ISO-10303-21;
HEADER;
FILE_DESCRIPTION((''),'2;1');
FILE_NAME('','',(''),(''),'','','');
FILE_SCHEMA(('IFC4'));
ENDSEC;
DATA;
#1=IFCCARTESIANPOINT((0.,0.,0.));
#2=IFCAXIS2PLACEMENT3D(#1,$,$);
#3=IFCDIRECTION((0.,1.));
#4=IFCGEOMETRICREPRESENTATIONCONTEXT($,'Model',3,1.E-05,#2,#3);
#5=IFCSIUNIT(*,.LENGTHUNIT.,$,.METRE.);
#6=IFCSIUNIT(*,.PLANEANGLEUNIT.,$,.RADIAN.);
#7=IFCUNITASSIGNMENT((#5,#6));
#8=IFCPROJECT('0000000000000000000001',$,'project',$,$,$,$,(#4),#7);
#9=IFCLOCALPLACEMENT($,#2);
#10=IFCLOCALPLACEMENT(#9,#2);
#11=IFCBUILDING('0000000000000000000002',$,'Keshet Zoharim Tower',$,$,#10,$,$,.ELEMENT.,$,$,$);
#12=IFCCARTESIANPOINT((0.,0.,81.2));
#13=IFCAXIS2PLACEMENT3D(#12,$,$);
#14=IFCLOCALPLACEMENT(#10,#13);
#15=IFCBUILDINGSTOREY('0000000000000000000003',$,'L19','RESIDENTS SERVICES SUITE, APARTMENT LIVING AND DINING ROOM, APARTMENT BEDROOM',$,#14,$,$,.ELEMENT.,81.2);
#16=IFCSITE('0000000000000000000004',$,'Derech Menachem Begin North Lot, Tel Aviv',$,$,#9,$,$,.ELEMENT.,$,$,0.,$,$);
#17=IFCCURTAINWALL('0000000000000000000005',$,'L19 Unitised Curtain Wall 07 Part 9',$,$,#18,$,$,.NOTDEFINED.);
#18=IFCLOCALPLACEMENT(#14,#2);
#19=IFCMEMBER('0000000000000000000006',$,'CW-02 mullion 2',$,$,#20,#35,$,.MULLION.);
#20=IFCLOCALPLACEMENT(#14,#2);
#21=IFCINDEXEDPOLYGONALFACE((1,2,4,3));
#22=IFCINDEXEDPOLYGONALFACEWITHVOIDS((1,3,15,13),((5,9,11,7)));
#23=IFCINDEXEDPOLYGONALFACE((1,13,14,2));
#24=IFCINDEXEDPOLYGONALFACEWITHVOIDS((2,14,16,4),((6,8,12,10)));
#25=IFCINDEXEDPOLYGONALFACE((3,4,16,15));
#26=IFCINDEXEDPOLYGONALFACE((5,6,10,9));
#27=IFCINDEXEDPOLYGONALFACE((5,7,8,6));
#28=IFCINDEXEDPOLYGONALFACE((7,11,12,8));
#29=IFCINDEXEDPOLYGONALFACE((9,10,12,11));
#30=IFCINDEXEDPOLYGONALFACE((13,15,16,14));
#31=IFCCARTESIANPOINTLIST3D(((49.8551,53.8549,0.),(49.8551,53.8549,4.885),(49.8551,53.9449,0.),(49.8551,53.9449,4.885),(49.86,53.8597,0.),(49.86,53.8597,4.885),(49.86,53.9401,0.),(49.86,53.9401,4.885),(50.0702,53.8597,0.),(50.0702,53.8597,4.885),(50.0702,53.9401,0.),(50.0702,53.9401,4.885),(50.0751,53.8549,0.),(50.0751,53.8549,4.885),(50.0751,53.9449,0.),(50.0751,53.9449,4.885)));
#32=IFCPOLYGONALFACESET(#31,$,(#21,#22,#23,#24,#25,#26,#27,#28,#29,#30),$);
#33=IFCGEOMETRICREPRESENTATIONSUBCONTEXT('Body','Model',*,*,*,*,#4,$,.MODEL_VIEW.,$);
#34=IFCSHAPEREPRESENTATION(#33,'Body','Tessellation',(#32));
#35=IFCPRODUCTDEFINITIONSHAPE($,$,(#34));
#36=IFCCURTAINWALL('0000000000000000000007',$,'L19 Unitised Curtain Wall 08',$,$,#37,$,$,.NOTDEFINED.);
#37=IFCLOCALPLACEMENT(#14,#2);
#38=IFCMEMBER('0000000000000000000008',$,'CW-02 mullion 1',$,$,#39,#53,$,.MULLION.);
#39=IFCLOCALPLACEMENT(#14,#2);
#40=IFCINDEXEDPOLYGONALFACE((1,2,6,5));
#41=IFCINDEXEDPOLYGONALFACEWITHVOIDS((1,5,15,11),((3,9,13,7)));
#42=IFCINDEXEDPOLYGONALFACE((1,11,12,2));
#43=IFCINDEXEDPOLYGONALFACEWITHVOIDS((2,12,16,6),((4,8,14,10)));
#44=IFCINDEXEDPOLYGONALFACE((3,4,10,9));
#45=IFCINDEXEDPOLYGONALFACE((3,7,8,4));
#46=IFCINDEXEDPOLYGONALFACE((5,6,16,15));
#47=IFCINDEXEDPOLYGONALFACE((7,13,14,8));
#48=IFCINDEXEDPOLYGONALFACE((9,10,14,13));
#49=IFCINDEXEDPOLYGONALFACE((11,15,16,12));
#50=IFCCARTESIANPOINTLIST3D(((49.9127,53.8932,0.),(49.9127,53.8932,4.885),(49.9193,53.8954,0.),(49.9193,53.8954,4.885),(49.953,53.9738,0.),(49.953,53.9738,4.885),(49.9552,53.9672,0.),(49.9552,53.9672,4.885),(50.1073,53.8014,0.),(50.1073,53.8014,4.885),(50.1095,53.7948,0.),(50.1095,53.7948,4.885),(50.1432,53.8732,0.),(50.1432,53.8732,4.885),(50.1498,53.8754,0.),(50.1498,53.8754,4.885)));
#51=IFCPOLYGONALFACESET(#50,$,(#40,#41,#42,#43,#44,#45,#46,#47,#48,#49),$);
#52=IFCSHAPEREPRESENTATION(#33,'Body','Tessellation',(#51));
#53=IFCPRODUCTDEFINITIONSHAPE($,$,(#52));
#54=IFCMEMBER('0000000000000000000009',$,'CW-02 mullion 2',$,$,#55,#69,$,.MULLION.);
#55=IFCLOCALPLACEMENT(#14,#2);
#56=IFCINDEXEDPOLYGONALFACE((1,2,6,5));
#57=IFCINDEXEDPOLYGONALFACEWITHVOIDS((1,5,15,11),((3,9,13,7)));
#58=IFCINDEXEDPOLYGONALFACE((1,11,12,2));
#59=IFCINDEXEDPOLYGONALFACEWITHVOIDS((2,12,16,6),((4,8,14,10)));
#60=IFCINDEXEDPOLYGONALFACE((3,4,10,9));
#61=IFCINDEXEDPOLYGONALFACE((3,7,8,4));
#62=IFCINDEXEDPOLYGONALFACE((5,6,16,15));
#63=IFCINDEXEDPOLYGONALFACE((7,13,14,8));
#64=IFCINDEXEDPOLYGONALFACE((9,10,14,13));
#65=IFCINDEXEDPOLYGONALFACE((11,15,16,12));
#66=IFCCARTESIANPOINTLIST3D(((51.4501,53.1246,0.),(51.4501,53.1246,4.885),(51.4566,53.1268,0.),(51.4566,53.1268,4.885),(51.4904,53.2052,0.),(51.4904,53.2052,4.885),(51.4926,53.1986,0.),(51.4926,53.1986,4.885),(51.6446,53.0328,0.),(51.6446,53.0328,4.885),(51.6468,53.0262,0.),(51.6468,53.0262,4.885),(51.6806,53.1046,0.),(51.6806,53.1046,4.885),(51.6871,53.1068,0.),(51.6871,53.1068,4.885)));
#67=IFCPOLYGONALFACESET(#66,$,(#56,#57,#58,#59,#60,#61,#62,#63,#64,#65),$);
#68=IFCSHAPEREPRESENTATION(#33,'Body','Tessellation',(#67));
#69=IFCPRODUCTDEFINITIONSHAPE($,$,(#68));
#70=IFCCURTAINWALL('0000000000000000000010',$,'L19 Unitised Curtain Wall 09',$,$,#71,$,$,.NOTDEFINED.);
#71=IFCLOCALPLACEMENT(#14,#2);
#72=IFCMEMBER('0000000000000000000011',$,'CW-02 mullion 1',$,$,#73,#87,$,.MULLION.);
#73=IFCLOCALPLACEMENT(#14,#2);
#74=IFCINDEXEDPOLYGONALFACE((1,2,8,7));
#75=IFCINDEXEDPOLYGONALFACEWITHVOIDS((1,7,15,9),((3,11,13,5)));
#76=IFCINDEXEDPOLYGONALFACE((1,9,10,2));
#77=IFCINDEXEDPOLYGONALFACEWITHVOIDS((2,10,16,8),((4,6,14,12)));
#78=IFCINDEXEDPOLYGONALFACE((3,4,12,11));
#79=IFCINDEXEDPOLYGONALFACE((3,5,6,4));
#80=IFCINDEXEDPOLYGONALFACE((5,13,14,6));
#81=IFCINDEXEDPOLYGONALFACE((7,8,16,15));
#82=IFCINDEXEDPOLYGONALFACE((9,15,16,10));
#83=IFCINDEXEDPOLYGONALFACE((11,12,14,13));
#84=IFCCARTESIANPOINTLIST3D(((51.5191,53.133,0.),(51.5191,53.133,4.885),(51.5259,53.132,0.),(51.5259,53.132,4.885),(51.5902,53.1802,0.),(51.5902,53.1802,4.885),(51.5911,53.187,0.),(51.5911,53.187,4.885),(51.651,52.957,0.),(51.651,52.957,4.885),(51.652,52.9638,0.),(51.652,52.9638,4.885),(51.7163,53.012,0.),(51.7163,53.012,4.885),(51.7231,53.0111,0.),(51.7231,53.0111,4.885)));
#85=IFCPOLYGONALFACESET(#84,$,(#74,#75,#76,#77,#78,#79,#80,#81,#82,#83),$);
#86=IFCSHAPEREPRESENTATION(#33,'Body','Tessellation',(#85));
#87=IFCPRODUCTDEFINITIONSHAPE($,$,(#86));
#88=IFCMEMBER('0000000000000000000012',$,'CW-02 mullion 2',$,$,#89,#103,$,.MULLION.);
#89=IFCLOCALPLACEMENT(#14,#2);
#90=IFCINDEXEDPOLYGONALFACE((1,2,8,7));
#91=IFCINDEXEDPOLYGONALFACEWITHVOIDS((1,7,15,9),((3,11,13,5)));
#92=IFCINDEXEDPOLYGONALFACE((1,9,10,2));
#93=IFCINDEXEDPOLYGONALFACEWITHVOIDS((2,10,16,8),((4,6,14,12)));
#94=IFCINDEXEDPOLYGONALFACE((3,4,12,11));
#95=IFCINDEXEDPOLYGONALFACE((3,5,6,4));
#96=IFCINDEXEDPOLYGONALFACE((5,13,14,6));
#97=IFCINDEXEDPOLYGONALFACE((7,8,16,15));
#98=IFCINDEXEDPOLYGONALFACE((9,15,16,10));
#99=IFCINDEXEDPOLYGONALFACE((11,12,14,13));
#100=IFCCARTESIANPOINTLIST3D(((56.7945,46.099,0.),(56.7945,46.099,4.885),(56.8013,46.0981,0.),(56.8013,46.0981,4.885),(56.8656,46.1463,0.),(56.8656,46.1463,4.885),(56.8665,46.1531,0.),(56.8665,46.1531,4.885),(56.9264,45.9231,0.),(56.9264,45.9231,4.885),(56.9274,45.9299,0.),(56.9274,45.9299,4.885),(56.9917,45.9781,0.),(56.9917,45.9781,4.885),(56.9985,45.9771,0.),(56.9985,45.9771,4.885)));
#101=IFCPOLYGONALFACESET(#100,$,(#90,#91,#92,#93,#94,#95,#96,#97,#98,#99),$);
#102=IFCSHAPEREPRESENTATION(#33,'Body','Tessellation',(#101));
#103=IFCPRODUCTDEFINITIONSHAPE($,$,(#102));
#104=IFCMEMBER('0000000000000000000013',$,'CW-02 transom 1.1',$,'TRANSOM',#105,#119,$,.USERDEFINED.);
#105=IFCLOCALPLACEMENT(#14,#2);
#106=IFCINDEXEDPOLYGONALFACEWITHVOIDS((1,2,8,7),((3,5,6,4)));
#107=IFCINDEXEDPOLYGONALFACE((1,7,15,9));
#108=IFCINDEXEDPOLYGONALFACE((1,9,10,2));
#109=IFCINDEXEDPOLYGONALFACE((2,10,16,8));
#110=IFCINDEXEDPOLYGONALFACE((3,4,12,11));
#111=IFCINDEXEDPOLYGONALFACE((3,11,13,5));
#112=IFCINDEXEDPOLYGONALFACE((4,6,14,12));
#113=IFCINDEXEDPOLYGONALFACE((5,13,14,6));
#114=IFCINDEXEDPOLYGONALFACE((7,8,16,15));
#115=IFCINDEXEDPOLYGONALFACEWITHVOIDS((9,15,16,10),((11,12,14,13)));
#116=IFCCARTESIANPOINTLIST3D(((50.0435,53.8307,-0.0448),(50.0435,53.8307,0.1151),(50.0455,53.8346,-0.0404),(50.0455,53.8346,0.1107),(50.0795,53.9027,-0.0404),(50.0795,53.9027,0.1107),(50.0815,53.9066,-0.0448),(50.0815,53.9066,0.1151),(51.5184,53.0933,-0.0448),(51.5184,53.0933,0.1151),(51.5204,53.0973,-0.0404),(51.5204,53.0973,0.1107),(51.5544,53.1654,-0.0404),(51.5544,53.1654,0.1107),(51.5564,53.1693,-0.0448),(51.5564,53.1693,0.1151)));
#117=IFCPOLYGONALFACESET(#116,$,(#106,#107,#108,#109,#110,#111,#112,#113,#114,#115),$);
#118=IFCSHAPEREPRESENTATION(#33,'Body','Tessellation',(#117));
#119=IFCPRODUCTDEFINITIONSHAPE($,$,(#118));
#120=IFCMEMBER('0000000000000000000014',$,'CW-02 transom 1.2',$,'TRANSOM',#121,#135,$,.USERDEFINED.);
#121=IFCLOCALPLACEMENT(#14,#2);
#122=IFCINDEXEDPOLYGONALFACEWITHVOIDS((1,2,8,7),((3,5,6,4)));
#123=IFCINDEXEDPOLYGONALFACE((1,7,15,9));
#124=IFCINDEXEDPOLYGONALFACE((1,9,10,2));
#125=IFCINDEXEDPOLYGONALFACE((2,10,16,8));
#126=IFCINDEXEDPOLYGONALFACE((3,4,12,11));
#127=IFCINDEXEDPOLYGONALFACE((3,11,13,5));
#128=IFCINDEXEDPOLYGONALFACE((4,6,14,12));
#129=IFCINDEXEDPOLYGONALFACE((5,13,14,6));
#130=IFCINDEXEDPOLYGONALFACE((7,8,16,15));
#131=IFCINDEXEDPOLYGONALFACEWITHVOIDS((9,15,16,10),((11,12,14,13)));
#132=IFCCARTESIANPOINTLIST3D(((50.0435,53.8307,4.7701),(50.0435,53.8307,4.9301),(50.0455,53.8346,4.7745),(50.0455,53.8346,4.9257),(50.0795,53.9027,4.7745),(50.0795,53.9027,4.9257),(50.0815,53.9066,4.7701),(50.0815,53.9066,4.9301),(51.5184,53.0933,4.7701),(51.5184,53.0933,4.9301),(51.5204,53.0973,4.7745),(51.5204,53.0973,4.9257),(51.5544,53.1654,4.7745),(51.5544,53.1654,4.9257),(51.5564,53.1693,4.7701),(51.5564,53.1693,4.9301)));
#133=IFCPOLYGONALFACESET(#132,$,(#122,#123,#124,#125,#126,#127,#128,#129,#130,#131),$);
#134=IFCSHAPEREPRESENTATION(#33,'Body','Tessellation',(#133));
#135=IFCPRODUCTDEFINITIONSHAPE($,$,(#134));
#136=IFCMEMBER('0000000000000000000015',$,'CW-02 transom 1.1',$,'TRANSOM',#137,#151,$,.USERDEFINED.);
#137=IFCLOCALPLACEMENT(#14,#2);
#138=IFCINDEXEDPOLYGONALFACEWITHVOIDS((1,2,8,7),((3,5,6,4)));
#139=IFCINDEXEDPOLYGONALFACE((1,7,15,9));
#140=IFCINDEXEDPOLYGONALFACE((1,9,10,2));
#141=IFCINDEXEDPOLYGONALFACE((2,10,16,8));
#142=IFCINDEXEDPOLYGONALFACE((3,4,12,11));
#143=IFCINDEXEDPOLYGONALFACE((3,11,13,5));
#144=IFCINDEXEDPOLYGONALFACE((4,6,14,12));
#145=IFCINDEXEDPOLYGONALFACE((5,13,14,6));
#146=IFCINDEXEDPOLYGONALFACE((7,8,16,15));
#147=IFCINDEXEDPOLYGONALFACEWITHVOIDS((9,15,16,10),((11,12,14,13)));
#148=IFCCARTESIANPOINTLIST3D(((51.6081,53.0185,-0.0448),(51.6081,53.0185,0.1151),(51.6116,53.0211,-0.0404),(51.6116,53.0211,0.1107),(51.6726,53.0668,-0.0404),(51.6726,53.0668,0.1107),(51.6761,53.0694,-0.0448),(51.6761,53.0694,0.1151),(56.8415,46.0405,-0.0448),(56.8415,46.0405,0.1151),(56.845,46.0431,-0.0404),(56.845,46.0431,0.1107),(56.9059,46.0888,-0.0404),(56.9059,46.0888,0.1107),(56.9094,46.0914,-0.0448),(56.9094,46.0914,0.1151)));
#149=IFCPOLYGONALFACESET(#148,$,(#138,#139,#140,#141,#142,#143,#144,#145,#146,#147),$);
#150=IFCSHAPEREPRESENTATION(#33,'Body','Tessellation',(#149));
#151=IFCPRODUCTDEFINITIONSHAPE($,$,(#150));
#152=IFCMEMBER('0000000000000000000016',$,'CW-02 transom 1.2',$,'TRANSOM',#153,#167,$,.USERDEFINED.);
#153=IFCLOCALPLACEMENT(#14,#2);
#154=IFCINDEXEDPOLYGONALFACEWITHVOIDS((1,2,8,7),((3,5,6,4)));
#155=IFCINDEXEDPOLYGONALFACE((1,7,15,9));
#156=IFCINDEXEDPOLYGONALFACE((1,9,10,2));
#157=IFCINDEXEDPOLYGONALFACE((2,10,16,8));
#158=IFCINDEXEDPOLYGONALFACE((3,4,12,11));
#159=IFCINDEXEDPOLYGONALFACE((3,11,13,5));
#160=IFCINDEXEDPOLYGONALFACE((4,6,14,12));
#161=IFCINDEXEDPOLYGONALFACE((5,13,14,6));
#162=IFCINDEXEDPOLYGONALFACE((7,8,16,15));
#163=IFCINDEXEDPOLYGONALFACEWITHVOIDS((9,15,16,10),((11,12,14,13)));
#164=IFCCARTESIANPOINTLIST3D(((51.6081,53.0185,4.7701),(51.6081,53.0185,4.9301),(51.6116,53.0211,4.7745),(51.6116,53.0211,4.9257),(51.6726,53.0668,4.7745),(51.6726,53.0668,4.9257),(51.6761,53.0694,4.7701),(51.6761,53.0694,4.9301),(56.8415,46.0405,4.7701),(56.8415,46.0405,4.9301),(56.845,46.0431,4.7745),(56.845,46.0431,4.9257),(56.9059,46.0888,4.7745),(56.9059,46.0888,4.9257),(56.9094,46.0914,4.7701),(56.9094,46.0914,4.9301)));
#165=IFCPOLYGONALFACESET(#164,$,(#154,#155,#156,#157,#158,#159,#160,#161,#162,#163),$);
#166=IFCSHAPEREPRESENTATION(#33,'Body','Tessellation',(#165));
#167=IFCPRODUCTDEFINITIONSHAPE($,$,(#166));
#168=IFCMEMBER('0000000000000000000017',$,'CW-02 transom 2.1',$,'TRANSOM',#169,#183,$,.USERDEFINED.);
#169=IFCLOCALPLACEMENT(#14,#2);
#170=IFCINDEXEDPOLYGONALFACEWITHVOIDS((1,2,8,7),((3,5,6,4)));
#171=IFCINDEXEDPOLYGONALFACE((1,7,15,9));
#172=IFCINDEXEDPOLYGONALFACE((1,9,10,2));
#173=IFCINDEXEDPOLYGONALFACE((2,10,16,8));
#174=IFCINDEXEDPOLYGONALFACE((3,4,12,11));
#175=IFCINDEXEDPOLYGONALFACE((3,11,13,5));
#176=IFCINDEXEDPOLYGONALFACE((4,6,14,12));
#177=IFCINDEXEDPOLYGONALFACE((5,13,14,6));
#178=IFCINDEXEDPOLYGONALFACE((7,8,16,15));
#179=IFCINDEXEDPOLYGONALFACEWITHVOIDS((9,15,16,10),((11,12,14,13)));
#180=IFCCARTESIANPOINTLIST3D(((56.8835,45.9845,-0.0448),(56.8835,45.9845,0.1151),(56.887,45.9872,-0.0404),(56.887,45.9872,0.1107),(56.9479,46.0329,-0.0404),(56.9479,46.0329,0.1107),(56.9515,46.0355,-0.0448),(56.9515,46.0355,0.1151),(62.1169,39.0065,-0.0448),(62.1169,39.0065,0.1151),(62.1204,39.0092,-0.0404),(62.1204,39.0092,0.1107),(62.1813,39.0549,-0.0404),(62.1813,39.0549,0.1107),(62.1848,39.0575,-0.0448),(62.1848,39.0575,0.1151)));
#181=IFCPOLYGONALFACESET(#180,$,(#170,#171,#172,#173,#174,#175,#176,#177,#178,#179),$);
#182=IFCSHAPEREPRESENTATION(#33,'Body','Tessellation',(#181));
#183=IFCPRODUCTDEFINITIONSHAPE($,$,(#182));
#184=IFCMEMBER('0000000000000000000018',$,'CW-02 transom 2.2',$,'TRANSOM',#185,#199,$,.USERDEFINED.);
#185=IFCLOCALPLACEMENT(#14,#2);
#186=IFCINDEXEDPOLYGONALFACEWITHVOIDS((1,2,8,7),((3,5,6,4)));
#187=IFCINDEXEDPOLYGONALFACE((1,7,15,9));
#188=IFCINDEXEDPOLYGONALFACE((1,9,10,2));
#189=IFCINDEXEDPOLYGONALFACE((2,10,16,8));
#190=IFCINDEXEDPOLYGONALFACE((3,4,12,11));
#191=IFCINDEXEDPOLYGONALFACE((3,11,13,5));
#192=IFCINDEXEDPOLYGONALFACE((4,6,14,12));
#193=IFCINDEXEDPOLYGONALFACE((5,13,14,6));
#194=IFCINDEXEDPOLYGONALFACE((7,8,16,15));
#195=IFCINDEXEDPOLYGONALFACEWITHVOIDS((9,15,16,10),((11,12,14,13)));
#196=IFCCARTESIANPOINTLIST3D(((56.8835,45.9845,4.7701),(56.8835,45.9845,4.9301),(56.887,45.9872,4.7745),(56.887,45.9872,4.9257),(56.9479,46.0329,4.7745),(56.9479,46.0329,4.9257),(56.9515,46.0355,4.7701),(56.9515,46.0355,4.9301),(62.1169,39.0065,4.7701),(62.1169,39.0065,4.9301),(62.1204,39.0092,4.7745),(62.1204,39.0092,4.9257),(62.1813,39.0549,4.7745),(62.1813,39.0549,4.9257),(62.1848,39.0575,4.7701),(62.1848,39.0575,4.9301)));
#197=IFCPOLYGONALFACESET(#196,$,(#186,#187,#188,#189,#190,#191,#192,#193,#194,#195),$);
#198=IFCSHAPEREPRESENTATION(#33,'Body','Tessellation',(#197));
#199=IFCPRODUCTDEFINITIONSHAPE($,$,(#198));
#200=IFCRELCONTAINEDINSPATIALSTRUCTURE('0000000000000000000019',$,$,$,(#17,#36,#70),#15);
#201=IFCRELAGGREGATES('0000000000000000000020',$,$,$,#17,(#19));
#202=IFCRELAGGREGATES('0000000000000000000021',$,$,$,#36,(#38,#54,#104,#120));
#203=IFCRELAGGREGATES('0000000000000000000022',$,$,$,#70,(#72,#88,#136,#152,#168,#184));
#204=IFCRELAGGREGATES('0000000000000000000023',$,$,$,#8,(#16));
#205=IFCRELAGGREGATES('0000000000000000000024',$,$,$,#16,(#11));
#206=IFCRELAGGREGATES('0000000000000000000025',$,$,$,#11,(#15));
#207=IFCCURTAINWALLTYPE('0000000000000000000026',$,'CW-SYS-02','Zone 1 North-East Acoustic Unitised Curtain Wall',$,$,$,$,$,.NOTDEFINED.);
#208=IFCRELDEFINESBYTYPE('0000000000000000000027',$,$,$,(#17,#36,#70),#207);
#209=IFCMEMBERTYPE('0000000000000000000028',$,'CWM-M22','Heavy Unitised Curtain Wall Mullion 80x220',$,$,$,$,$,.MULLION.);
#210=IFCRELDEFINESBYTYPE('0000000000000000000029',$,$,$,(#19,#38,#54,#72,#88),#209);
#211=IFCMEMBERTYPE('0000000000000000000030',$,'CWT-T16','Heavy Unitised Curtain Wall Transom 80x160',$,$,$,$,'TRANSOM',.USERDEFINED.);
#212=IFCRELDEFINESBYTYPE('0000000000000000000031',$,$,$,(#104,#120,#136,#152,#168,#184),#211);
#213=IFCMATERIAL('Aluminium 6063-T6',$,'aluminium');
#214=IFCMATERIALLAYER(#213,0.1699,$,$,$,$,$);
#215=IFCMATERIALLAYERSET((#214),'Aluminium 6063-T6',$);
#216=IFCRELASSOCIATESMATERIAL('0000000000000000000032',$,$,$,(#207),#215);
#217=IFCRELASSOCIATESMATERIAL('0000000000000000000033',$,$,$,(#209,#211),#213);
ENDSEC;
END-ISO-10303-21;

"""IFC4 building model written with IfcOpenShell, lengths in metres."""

from ifc_helpers import new_model, si_unit, direction, frame, origin, origin_2d, place, context, subcontext, project, spatial, hollow_rectangle, extrude, material, layer, layer_set, material_profile, profile_set, type_object, element, aggregate, save


model = new_model("IFC4")

# Units and contexts
model_context = context("Model", 3, precision=1e-05, world=origin(), true_north=direction((0.0, 1.0)))
body_context = subcontext(model_context, "Body", "Model", "MODEL_VIEW")
ifc_project = project(units=[si_unit("LENGTHUNIT", "METRE"), si_unit("PLANEANGLEUNIT", "RADIAN")], contexts=[model_context])

# Site, building, storey
site_placement = place(None, origin())
site = spatial("IfcSite", under=ifc_project, at=site_placement, Name="Derech Menachem Begin North Lot, Tel Aviv", CompositionType="ELEMENT", RefElevation=0.0)
building_placement = place(site_placement, origin())
building = spatial("IfcBuilding", under=site, at=building_placement, Name="Keshet Zoharim Tower", CompositionType="ELEMENT")
storey_placement = place(building_placement, frame((0.0, 0.0, 81.2)))
storey = spatial("IfcBuildingStorey", under=building, at=storey_placement, Name="L19", Description="RESIDENTS SERVICES SUITE, APARTMENT LIVING AND DINING ROOM, APARTMENT BEDROOM", CompositionType="ELEMENT", Elevation=81.2)

# Curtain wall, member
ifc_material_1 = material(Name="Aluminium 6063-T6", Category="aluminium")
ifc_layer_1 = layer(ifc_material_1, 0.1699)
ifc_layer_set_1 = layer_set([ifc_layer_1], Name="Aluminium 6063-T6")
curtain_wall_type = type_object("IfcCurtainWallType", Name="CW-SYS-02", Description="Zone 1 North-East Acoustic Unitised Curtain Wall", PredefinedType="NOTDEFINED", material=ifc_layer_set_1)
curtain_wall_1_placement = place(storey_placement, origin())
curtain_wall_1 = element("IfcCurtainWall", 1, at=curtain_wall_1_placement, inside=storey, type_object=curtain_wall_type, Name="L19 Unitised Curtain Wall 07 Part 9", PredefinedType="NOTDEFINED")
ifc_material_profile_1 = material_profile(ifc_material_1, hollow_rectangle(XDim=0.0901, YDim=0.22, WallThickness=0.0049, at=origin_2d()), Name="MUL-90x220")
ifc_profile_set_1 = profile_set([ifc_material_profile_1], Name="Aluminium 6063-T6")
member_type_1 = type_object("IfcMemberType", Name="CWM-M22", Description="Heavy Unitised Curtain Wall Mullion 80x220", PredefinedType="MULLION", material=ifc_profile_set_1)
member_1_placement = place(storey_placement, frame((49.9651, 53.8999, 0.0), z_axis=(0.0, 0.0, 1.0), x_axis=(0.0, 1.0, 0.0)))
member_1 = element("IfcMember", 2, at=member_1_placement, type_object=member_type_1, Name="CW-02 mullion 2", PredefinedType="MULLION", context=body_context, shape_type="SweptSolid", body=[
    extrude(hollow_rectangle(XDim=0.0901, YDim=0.22, WallThickness=0.0049, at=origin_2d()), origin(), (0.0, 0.0, 1.0), 4.885),
])

# Curtain walls, members
curtain_wall_2_placement = place(storey_placement, origin())
curtain_wall_2 = element("IfcCurtainWall", 3, at=curtain_wall_2_placement, inside=storey, type_object=curtain_wall_type, Name="L19 Unitised Curtain Wall 08", PredefinedType="NOTDEFINED")
member_2_placement = place(storey_placement, frame((50.0312, 53.8843, 0.0), z_axis=(0.0, 0.0, 1.0), x_axis=(0.447214, 0.894427, 0.0)))
member_2 = element("IfcMember", 4, at=member_2_placement, type_object=member_type_1, Name="CW-02 mullion 1", PredefinedType="MULLION", context=body_context, shape_type="SweptSolid", body=[
    extrude(hollow_rectangle(XDim=0.0901, YDim=0.22, WallThickness=0.0049, at=origin_2d()), origin(), (0.0, 0.0, 1.0), 4.885),
])
member_3_placement = place(storey_placement, frame((51.5686, 53.1157, 0.0), z_axis=(0.0, 0.0, 1.0), x_axis=(0.447214, 0.894427, 0.0)))
member_3 = element("IfcMember", 5, at=member_3_placement, type_object=member_type_1, Name="CW-02 mullion 2", PredefinedType="MULLION", context=body_context, shape_type="SweptSolid", body=[
    extrude(hollow_rectangle(XDim=0.0901, YDim=0.22, WallThickness=0.0049, at=origin_2d()), origin(), (0.0, 0.0, 1.0), 4.885),
])
curtain_wall_3_placement = place(storey_placement, origin())
curtain_wall_3 = element("IfcCurtainWall", 6, at=curtain_wall_3_placement, inside=storey, type_object=curtain_wall_type, Name="L19 Unitised Curtain Wall 09", PredefinedType="NOTDEFINED")
member_4_placement = place(storey_placement, frame((51.6211, 53.072, 0.0), z_axis=(0.0, 0.0, 1.0), x_axis=(0.8, 0.6, 0.0)))
member_4 = element("IfcMember", 7, at=member_4_placement, type_object=member_type_1, Name="CW-02 mullion 1", PredefinedType="MULLION", context=body_context, shape_type="SweptSolid", body=[
    extrude(hollow_rectangle(XDim=0.0901, YDim=0.22, WallThickness=0.0049, at=origin_2d()), origin(), (0.0, 0.0, 1.0), 4.885),
])
member_5_placement = place(storey_placement, frame((56.8965, 46.0381, 0.0), z_axis=(0.0, 0.0, 1.0), x_axis=(0.8, 0.6, 0.0)))
member_5 = element("IfcMember", 8, at=member_5_placement, type_object=member_type_1, Name="CW-02 mullion 2", PredefinedType="MULLION", context=body_context, shape_type="SweptSolid", body=[
    extrude(hollow_rectangle(XDim=0.0901, YDim=0.22, WallThickness=0.0049, at=origin_2d()), origin(), (0.0, 0.0, 1.0), 4.885),
])

# Members
ifc_material_profile_2 = material_profile(ifc_material_1, hollow_rectangle(XDim=0.085, YDim=0.1599, WallThickness=0.0044, at=origin_2d()), Name="TRN-85x160")
ifc_profile_set_2 = profile_set([ifc_material_profile_2], Name="Aluminium 6063-T6")
member_type_2 = type_object("IfcMemberType", Name="CWT-T16", Description="Heavy Unitised Curtain Wall Transom 80x160", ElementType="TRANSOM", PredefinedType="USERDEFINED", material=ifc_profile_set_2)
member_6_placement = place(storey_placement, frame((50.0625, 53.8687, 0.0352), z_axis=(0.894457, -0.447154, 0.0), x_axis=(0.447154, 0.894457, 0.0)))
member_6 = element("IfcMember", 9, at=member_6_placement, type_object=member_type_2, Name="CW-02 transom 1.1", ObjectType="TRANSOM", PredefinedType="USERDEFINED", context=body_context, shape_type="SweptSolid", body=[
    extrude(hollow_rectangle(XDim=0.085, YDim=0.1599, WallThickness=0.0044, at=origin_2d()), origin(), (0.0, 0.0, 1.0), 1.6489),
])
member_7_placement = place(storey_placement, frame((50.0625, 53.8687, 4.8501), z_axis=(0.894457, -0.447154, 0.0), x_axis=(0.447154, 0.894457, 0.0)))
member_7 = element("IfcMember", 10, at=member_7_placement, type_object=member_type_2, Name="CW-02 transom 1.2", ObjectType="TRANSOM", PredefinedType="USERDEFINED", context=body_context, shape_type="SweptSolid", body=[
    extrude(hollow_rectangle(XDim=0.085, YDim=0.1599, WallThickness=0.0044, at=origin_2d()), origin(), (0.0, 0.0, 1.0), 1.6489),
])
member_8_placement = place(storey_placement, frame((51.6421, 53.0439, 0.0352), z_axis=(0.599991, -0.800007, 0.0), x_axis=(0.800007, 0.599991, 0.0)))
member_8 = element("IfcMember", 11, at=member_8_placement, type_object=member_type_2, Name="CW-02 transom 1.1", ObjectType="TRANSOM", PredefinedType="USERDEFINED", context=body_context, shape_type="SweptSolid", body=[
    extrude(hollow_rectangle(XDim=0.085, YDim=0.1599, WallThickness=0.0044, at=origin_2d()), origin(), (0.0, 0.0, 1.0), 8.7224),
])
member_9_placement = place(storey_placement, frame((51.6421, 53.0439, 4.8501), z_axis=(0.599991, -0.800007, 0.0), x_axis=(0.800007, 0.599991, 0.0)))
member_9 = element("IfcMember", 12, at=member_9_placement, type_object=member_type_2, Name="CW-02 transom 1.2", ObjectType="TRANSOM", PredefinedType="USERDEFINED", context=body_context, shape_type="SweptSolid", body=[
    extrude(hollow_rectangle(XDim=0.085, YDim=0.1599, WallThickness=0.0044, at=origin_2d()), origin(), (0.0, 0.0, 1.0), 8.7224),
])
member_10_placement = place(storey_placement, frame((56.9175, 46.01, 0.0352), z_axis=(0.599991, -0.800007, 0.0), x_axis=(0.800007, 0.599991, 0.0)))
member_10 = element("IfcMember", 13, at=member_10_placement, type_object=member_type_2, Name="CW-02 transom 2.1", ObjectType="TRANSOM", PredefinedType="USERDEFINED", context=body_context, shape_type="SweptSolid", body=[
    extrude(hollow_rectangle(XDim=0.085, YDim=0.1599, WallThickness=0.0044, at=origin_2d()), origin(), (0.0, 0.0, 1.0), 8.7224),
])
member_11_placement = place(storey_placement, frame((56.9175, 46.01, 4.8501), z_axis=(0.599991, -0.800007, 0.0), x_axis=(0.800007, 0.599991, 0.0)))
member_11 = element("IfcMember", 14, at=member_11_placement, type_object=member_type_2, Name="CW-02 transom 2.2", ObjectType="TRANSOM", PredefinedType="USERDEFINED", context=body_context, shape_type="SweptSolid", body=[
    extrude(hollow_rectangle(XDim=0.085, YDim=0.1599, WallThickness=0.0044, at=origin_2d()), origin(), (0.0, 0.0, 1.0), 8.7224),
])

aggregate(curtain_wall_1, [member_1])
aggregate(curtain_wall_2, [member_2, member_3, member_6, member_7])
aggregate(curtain_wall_3, [member_4, member_5, member_8, member_9, member_10, member_11])

save(model, "model.ifc")
